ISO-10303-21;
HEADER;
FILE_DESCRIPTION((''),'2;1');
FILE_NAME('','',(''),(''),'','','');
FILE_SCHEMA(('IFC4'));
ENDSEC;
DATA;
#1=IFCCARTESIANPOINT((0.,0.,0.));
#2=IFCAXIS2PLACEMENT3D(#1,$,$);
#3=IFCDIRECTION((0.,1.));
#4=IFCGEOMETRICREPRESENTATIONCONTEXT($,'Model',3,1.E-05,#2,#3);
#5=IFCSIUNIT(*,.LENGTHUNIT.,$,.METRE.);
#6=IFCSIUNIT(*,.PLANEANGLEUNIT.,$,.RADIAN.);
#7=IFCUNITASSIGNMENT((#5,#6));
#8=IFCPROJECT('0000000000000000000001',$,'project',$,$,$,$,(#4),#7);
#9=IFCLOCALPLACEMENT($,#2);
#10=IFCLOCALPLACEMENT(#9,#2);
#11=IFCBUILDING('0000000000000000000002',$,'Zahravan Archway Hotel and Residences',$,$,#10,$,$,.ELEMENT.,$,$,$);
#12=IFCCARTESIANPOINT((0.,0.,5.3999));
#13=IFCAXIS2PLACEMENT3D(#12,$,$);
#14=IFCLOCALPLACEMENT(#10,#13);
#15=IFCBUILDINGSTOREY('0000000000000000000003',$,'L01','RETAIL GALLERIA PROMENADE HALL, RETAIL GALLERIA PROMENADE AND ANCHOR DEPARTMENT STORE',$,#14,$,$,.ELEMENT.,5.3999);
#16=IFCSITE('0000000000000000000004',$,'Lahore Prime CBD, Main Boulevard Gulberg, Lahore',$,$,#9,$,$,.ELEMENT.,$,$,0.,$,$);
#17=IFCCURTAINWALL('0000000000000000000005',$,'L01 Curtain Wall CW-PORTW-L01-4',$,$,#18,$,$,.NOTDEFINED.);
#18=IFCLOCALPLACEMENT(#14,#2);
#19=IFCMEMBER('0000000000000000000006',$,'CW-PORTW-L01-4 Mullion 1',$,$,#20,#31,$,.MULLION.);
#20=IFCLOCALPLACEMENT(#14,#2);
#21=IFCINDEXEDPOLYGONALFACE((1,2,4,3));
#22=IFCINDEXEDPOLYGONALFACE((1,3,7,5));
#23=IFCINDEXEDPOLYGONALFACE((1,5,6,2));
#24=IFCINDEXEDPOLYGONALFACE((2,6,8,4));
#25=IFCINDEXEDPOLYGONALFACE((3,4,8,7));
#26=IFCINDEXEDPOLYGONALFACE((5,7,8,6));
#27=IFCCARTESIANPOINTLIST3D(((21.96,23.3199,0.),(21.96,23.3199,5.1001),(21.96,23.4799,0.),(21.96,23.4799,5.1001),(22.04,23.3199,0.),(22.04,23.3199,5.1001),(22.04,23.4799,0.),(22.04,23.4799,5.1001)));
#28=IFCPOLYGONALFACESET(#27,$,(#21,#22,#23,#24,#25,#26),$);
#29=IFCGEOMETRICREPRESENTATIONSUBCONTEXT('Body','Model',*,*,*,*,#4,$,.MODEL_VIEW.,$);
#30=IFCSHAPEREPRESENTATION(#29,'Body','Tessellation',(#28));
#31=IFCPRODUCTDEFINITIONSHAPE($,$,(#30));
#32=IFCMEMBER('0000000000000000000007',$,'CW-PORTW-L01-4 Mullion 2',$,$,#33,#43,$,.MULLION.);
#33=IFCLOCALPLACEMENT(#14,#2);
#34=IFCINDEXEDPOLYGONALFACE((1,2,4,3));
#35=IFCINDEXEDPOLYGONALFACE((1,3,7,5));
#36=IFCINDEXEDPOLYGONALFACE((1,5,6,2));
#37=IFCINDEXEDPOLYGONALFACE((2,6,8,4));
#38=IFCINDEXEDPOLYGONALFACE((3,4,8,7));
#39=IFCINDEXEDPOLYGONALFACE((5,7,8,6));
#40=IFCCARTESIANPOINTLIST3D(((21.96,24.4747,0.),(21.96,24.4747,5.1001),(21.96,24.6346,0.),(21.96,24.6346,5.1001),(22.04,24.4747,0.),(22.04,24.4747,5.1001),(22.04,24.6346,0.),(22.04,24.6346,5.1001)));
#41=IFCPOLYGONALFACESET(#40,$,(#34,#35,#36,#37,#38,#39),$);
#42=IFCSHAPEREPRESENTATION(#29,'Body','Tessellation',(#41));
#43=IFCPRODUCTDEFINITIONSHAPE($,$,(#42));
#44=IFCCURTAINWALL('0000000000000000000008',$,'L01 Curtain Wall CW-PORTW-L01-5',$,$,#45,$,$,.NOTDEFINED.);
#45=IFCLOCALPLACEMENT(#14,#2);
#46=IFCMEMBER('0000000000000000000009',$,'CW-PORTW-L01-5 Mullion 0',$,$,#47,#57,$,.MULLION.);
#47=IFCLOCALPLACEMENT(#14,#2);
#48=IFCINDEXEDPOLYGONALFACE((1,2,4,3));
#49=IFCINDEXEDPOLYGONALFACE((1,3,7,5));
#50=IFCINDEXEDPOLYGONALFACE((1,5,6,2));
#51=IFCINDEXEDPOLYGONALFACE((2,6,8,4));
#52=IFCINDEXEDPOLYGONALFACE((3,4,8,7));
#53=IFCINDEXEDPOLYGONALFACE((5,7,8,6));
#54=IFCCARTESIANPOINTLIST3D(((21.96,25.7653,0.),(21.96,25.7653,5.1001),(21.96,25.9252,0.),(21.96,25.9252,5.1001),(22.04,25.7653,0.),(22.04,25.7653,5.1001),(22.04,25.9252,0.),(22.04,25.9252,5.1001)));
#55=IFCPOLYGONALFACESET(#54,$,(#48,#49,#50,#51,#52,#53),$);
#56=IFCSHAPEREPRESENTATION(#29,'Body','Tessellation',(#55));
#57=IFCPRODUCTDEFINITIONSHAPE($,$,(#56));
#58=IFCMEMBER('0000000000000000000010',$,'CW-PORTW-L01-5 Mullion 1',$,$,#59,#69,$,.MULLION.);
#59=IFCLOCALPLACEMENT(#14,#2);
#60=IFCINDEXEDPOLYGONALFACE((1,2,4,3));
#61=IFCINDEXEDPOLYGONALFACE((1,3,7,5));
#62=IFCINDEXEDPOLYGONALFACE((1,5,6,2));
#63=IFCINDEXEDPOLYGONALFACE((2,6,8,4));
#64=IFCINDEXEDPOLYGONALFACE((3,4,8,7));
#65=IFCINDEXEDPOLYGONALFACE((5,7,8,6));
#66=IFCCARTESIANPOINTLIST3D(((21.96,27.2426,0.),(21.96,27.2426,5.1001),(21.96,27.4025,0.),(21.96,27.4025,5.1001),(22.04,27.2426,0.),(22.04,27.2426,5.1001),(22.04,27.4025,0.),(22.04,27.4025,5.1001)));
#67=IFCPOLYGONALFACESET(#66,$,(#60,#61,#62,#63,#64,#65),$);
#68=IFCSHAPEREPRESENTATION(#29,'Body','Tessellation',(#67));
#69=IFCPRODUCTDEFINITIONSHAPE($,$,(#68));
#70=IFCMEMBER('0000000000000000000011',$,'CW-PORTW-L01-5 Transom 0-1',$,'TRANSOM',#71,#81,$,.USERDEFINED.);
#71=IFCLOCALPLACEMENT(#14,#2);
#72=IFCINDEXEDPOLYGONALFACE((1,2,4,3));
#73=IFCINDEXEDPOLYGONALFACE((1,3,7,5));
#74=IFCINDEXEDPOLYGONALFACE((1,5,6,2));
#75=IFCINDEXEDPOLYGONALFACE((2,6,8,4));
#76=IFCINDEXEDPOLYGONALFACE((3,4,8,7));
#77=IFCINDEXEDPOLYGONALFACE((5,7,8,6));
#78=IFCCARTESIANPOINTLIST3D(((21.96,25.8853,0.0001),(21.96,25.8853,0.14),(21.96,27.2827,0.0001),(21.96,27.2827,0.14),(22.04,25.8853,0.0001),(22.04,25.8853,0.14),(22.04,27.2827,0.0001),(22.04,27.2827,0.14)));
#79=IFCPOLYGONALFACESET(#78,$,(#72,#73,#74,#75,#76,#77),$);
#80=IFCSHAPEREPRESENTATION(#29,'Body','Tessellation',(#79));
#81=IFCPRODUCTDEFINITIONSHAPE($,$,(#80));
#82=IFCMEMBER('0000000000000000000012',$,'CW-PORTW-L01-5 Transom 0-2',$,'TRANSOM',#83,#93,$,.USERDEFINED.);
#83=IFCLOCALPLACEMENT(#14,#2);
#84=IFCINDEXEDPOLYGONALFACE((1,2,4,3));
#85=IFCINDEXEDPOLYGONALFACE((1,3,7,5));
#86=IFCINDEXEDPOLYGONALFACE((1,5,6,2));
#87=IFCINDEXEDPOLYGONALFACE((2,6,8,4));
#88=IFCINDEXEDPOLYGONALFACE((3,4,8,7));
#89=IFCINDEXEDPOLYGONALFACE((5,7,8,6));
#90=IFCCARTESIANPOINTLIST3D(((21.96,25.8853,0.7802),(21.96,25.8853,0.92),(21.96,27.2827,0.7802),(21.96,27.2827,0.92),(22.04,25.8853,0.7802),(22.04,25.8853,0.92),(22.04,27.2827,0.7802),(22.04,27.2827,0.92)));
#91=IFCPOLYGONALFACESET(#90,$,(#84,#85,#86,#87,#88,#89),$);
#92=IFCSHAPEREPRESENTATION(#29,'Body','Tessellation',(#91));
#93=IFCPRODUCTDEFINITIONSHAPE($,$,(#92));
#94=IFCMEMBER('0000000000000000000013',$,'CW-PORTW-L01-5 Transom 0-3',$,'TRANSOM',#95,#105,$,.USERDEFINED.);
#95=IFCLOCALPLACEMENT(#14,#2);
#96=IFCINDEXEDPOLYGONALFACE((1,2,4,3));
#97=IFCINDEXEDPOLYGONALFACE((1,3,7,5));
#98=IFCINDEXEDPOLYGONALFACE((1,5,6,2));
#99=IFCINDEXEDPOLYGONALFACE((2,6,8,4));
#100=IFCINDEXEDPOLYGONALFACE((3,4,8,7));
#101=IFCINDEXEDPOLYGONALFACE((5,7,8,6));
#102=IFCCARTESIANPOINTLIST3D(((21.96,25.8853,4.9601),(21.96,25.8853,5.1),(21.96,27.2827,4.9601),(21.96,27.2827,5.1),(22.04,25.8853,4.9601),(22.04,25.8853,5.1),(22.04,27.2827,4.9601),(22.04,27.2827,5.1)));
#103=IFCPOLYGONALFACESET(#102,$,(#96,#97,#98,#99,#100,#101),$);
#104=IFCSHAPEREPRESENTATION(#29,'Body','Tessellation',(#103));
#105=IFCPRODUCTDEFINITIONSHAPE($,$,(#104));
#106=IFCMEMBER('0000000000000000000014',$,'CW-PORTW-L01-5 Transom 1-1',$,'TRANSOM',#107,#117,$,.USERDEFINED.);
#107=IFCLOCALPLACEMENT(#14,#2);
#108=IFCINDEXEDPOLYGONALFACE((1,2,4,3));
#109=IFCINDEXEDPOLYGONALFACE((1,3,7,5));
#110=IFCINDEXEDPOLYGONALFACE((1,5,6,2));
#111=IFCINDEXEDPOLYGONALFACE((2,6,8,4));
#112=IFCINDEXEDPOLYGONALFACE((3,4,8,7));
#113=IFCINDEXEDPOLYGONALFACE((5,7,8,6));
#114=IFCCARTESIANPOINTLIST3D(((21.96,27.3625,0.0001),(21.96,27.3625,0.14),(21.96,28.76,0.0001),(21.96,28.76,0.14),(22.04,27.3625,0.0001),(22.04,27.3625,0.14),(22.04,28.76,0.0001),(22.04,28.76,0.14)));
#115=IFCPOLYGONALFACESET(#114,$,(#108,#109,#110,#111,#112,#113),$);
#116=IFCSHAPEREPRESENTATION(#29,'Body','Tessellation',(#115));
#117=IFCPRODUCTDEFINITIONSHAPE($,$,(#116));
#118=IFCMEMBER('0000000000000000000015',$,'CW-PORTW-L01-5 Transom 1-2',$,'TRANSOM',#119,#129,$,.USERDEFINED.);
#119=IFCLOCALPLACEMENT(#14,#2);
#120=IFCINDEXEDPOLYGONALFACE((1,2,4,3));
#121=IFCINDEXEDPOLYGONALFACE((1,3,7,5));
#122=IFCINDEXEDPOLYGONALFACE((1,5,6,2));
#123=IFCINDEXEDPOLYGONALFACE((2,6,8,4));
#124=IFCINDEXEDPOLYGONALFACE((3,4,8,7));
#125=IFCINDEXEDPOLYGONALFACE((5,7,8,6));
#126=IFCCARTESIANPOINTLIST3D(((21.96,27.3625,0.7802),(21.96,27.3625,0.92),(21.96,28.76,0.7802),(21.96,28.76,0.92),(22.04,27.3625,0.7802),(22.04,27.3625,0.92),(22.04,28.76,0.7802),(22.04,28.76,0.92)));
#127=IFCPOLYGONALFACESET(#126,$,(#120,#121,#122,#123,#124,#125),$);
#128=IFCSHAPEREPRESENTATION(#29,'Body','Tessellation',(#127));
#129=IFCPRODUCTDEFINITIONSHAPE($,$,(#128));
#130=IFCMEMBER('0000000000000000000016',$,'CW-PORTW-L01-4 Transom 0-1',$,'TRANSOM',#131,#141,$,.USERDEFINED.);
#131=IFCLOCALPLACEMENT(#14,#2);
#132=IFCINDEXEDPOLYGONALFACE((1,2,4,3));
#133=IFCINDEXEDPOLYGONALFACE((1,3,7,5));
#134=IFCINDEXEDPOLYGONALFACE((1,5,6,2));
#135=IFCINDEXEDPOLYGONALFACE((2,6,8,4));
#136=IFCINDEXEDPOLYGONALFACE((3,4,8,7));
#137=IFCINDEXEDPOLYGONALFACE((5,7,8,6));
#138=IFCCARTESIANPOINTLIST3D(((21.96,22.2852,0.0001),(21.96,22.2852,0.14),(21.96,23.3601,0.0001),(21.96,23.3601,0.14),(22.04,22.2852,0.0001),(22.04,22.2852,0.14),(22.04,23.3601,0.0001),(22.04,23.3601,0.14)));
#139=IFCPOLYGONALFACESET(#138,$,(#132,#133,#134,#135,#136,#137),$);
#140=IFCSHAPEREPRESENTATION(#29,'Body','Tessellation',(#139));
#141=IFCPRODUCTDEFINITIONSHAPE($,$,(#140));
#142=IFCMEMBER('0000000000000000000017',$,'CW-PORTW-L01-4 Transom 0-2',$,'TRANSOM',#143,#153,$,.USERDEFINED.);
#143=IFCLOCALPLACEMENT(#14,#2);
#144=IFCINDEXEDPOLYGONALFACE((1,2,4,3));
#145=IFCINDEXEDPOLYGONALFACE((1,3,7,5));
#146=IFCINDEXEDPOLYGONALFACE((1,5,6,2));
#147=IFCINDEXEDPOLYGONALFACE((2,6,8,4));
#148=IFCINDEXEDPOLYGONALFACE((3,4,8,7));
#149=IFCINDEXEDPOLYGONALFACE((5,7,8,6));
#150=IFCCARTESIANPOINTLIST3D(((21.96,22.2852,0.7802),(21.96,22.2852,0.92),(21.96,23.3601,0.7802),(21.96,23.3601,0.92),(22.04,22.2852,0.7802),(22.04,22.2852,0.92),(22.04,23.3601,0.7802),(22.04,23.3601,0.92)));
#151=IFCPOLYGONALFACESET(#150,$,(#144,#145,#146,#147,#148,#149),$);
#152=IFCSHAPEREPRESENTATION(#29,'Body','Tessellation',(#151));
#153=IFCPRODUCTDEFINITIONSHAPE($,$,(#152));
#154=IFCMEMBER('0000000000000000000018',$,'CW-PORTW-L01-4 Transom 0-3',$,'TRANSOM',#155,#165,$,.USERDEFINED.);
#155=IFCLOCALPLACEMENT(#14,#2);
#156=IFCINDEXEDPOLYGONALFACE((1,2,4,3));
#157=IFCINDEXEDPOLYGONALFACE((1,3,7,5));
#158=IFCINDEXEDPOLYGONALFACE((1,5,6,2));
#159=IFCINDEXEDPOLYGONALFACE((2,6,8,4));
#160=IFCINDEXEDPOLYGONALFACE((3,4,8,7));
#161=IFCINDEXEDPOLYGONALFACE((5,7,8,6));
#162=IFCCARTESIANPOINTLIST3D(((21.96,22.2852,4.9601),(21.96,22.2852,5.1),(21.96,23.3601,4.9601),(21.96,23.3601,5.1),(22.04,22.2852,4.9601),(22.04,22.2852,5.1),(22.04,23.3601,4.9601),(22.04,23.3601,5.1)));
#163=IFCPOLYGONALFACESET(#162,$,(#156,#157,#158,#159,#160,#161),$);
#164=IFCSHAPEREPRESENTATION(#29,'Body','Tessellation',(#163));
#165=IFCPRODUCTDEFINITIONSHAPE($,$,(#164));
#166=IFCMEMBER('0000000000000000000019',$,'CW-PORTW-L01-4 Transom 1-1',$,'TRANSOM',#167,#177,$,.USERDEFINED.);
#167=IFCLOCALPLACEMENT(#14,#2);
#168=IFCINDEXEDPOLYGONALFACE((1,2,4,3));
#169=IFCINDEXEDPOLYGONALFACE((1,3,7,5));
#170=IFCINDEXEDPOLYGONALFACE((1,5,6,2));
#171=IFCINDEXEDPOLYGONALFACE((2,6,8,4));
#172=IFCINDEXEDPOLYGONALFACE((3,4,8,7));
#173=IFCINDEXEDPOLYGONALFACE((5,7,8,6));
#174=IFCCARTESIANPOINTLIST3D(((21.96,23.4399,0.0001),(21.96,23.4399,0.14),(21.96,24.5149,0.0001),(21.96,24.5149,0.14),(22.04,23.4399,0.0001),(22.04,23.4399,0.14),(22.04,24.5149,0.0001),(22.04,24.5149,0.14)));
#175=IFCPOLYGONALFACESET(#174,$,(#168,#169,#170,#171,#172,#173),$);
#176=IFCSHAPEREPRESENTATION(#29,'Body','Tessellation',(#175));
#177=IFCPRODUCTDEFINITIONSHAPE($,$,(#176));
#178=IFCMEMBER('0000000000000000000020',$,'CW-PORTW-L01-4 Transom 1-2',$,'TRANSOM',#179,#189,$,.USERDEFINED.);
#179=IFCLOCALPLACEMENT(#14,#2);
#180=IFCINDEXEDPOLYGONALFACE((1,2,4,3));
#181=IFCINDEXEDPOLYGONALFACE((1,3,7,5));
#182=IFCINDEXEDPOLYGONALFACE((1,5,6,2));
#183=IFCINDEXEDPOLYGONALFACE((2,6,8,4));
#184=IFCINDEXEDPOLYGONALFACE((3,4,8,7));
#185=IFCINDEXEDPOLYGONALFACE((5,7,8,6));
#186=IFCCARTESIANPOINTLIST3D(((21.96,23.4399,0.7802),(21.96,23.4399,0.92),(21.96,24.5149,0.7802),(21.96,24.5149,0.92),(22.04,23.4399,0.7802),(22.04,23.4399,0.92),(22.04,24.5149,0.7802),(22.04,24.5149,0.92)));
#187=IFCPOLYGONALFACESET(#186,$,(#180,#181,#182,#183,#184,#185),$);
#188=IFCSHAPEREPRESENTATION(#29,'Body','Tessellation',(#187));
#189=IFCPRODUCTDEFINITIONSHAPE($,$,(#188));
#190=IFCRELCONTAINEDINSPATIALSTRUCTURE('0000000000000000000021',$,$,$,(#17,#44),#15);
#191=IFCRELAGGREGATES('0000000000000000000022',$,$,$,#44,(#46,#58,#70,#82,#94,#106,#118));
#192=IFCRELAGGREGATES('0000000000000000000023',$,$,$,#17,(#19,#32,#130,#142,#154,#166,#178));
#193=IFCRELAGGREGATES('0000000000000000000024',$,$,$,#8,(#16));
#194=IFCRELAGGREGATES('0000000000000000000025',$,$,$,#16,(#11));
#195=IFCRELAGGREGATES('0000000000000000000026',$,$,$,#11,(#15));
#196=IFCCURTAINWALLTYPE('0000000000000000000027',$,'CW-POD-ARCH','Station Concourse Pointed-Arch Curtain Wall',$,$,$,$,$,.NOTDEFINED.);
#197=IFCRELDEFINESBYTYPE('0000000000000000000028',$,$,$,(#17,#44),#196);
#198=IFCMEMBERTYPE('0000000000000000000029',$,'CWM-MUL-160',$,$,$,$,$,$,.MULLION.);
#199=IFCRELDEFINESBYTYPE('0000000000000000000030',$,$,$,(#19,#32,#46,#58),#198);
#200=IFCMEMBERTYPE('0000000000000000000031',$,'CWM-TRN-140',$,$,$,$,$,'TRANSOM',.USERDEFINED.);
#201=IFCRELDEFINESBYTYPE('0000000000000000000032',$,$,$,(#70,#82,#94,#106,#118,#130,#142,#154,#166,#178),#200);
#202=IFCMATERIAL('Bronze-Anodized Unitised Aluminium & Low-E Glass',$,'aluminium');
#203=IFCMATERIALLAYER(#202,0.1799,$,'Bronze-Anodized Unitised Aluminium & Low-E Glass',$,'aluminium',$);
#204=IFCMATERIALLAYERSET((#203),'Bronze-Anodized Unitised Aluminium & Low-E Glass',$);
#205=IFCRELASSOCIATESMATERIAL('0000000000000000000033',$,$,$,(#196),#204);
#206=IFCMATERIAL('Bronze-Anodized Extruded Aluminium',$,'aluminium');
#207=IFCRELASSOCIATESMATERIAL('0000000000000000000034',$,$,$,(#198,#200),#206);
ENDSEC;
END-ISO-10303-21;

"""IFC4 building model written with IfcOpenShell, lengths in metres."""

from ifc_helpers import new_model, si_unit, direction, frame, origin, origin_2d, place, context, subcontext, project, spatial, rectangle, extrude, source, transform, mapped, material, layer, layer_set, material_profile, profile_set, type_object, element, aggregate, save


model = new_model("IFC4")

# Units and contexts
model_context = context("Model", 3, precision=1e-05, world=origin(), true_north=direction((0.0, 1.0)))
body_context = subcontext(model_context, "Body", "Model", "MODEL_VIEW")
ifc_project = project(units=[si_unit("LENGTHUNIT", "METRE"), si_unit("PLANEANGLEUNIT", "RADIAN")], contexts=[model_context])

# Site, building, storey
site_placement = place(None, origin())
site = spatial("IfcSite", under=ifc_project, at=site_placement, Name="Lahore Prime CBD, Main Boulevard Gulberg, Lahore", CompositionType="ELEMENT", RefElevation=0.0)
building_placement = place(site_placement, origin())
building = spatial("IfcBuilding", under=site, at=building_placement, Name="Zahravan Archway Hotel and Residences", CompositionType="ELEMENT")
storey_placement = place(building_placement, frame((0.0, 0.0, 5.3999)))
storey = spatial("IfcBuildingStorey", under=building, at=storey_placement, Name="L01", Description="RETAIL GALLERIA PROMENADE HALL, RETAIL GALLERIA PROMENADE AND ANCHOR DEPARTMENT STORE", CompositionType="ELEMENT", Elevation=5.3999)

# Curtain walls, members
ifc_material_1 = material(Name="Bronze-Anodized Unitised Aluminium & Low-E Glass", Category="aluminium")
ifc_layer_1 = layer(ifc_material_1, 0.1799, Name="Bronze-Anodized Unitised Aluminium & Low-E Glass", Category="aluminium")
ifc_layer_set_1 = layer_set([ifc_layer_1], Name="Bronze-Anodized Unitised Aluminium & Low-E Glass")
curtain_wall_type = type_object("IfcCurtainWallType", Name="CW-POD-ARCH", Description="Station Concourse Pointed-Arch Curtain Wall", PredefinedType="NOTDEFINED", material=ifc_layer_set_1)
curtain_wall_1_placement = place(storey_placement, origin())
curtain_wall_1 = element("IfcCurtainWall", 1, at=curtain_wall_1_placement, inside=storey, type_object=curtain_wall_type, Name="L01 Curtain Wall CW-PORTW-L01-4", PredefinedType="NOTDEFINED")
ifc_material_2 = material(Name="Bronze-Anodized Extruded Aluminium", Category="aluminium")
ifc_material_profile_1 = material_profile(ifc_material_2, rectangle(XDim=0.0801, YDim=0.1599, at=origin_2d()), Name="MUL 80x160", Category="aluminium")
ifc_profile_set_1 = profile_set([ifc_material_profile_1], Name="Bronze-Anodized Extruded Aluminium")
member_type_1 = type_object("IfcMemberType", Name="CWM-MUL-160", PredefinedType="MULLION", material=ifc_profile_set_1)
shared_shape_1 = source(origin(), body_context, "Body", "SweptSolid", [
    extrude(rectangle(XDim=0.0801, YDim=0.1599, at=origin_2d()), origin(), (0.0, 0.0, 1.0), 5.1001),
])
member_1_placement = place(storey_placement, frame((22.0, 23.3999, 0.0), z_axis=(0.0, 0.0, 1.0), x_axis=(1.0, 0.0, 0.0)))
member_1 = element("IfcMember", 2, at=member_1_placement, type_object=member_type_1, Name="CW-PORTW-L01-4 Mullion 1", PredefinedType="MULLION", context=body_context, shape_type="MappedRepresentation", body=[
    mapped(shared_shape_1, transform((0.0, 0.0, 0.0), scale=1.0)),
])
member_2_placement = place(storey_placement, frame((22.0, 24.5547, 0.0), z_axis=(0.0, 0.0, 1.0), x_axis=(1.0, 0.0, 0.0)))
member_2 = element("IfcMember", 3, at=member_2_placement, type_object=member_type_1, Name="CW-PORTW-L01-4 Mullion 2", PredefinedType="MULLION", context=body_context, shape_type="MappedRepresentation", body=[
    mapped(shared_shape_1, transform((0.0, 0.0, 0.0), scale=1.0)),
])
curtain_wall_2_placement = place(storey_placement, origin())
curtain_wall_2 = element("IfcCurtainWall", 4, at=curtain_wall_2_placement, inside=storey, type_object=curtain_wall_type, Name="L01 Curtain Wall CW-PORTW-L01-5", PredefinedType="NOTDEFINED")
member_3_placement = place(storey_placement, frame((22.0, 25.8452, 0.0), z_axis=(0.0, 0.0, 1.0), x_axis=(1.0, 0.0, 0.0)))
member_3 = element("IfcMember", 5, at=member_3_placement, type_object=member_type_1, Name="CW-PORTW-L01-5 Mullion 0", PredefinedType="MULLION", context=body_context, shape_type="MappedRepresentation", body=[
    mapped(shared_shape_1, transform((0.0, 0.0, 0.0), scale=1.0)),
])
member_4_placement = place(storey_placement, frame((22.0, 27.3225, 0.0), z_axis=(0.0, 0.0, 1.0), x_axis=(1.0, 0.0, 0.0)))
member_4 = element("IfcMember", 6, at=member_4_placement, type_object=member_type_1, Name="CW-PORTW-L01-5 Mullion 1", PredefinedType="MULLION", context=body_context, shape_type="MappedRepresentation", body=[
    mapped(shared_shape_1, transform((0.0, 0.0, 0.0), scale=1.0)),
])
ifc_material_profile_2 = material_profile(ifc_material_2, rectangle(XDim=0.0801, YDim=0.1399, at=origin_2d()), Name="TRN 80x140", Category="aluminium")
ifc_profile_set_2 = profile_set([ifc_material_profile_2], Name="Bronze-Anodized Extruded Aluminium")
member_type_2 = type_object("IfcMemberType", Name="CWM-TRN-140", ElementType="TRANSOM", PredefinedType="USERDEFINED", material=ifc_profile_set_2)
shared_shape_2 = source(origin(), body_context, "Body", "SweptSolid", [
    extrude(rectangle(XDim=0.0801, YDim=0.1399, at=origin_2d()), origin(), (0.0, 0.0, 1.0), 1.3975),
])
member_5_placement = place(storey_placement, frame((22.0, 25.8853, 0.0701), z_axis=(0.0, 1.0, 0.0), x_axis=(-1.0, 0.0, 0.0)))
member_5 = element("IfcMember", 7, at=member_5_placement, type_object=member_type_2, Name="CW-PORTW-L01-5 Transom 0-1", ObjectType="TRANSOM", PredefinedType="USERDEFINED", context=body_context, shape_type="MappedRepresentation", body=[
    mapped(shared_shape_2, transform((0.0, 0.0, 0.0), scale=1.0)),
])
member_6_placement = place(storey_placement, frame((22.0, 25.8853, 0.8501), z_axis=(0.0, 1.0, 0.0), x_axis=(-1.0, 0.0, 0.0)))
member_6 = element("IfcMember", 8, at=member_6_placement, type_object=member_type_2, Name="CW-PORTW-L01-5 Transom 0-2", ObjectType="TRANSOM", PredefinedType="USERDEFINED", context=body_context, shape_type="MappedRepresentation", body=[
    mapped(shared_shape_2, transform((0.0, 0.0, 0.0), scale=1.0)),
])
member_7_placement = place(storey_placement, frame((22.0, 25.8853, 5.03), z_axis=(0.0, 1.0, 0.0), x_axis=(-1.0, 0.0, 0.0)))
member_7 = element("IfcMember", 9, at=member_7_placement, type_object=member_type_2, Name="CW-PORTW-L01-5 Transom 0-3", ObjectType="TRANSOM", PredefinedType="USERDEFINED", context=body_context, shape_type="MappedRepresentation", body=[
    mapped(shared_shape_2, transform((0.0, 0.0, 0.0), scale=1.0)),
])
member_8_placement = place(storey_placement, frame((22.0, 27.3625, 0.0701), z_axis=(0.0, 1.0, 0.0), x_axis=(-1.0, 0.0, 0.0)))
member_8 = element("IfcMember", 10, at=member_8_placement, type_object=member_type_2, Name="CW-PORTW-L01-5 Transom 1-1", ObjectType="TRANSOM", PredefinedType="USERDEFINED", context=body_context, shape_type="MappedRepresentation", body=[
    mapped(shared_shape_2, transform((0.0, 0.0, 0.0), scale=1.0)),
])
member_9_placement = place(storey_placement, frame((22.0, 27.3625, 0.8501), z_axis=(0.0, 1.0, 0.0), x_axis=(-1.0, 0.0, 0.0)))
member_9 = element("IfcMember", 11, at=member_9_placement, type_object=member_type_2, Name="CW-PORTW-L01-5 Transom 1-2", ObjectType="TRANSOM", PredefinedType="USERDEFINED", context=body_context, shape_type="MappedRepresentation", body=[
    mapped(shared_shape_2, transform((0.0, 0.0, 0.0), scale=1.0)),
])

# Members
shared_shape_3 = source(origin(), body_context, "Body", "SweptSolid", [
    extrude(rectangle(XDim=0.0801, YDim=0.1399, at=origin_2d()), origin(), (0.0, 0.0, 1.0), 1.075),
])
member_10_placement = place(storey_placement, frame((22.0, 22.2852, 0.0701), z_axis=(0.0, 1.0, 0.0), x_axis=(-1.0, 0.0, 0.0)))
member_10 = element("IfcMember", 12, at=member_10_placement, type_object=member_type_2, Name="CW-PORTW-L01-4 Transom 0-1", ObjectType="TRANSOM", PredefinedType="USERDEFINED", context=body_context, shape_type="MappedRepresentation", body=[
    mapped(shared_shape_3, transform((0.0, 0.0, 0.0), scale=1.0)),
])
member_11_placement = place(storey_placement, frame((22.0, 22.2852, 0.8501), z_axis=(0.0, 1.0, 0.0), x_axis=(-1.0, 0.0, 0.0)))
member_11 = element("IfcMember", 13, at=member_11_placement, type_object=member_type_2, Name="CW-PORTW-L01-4 Transom 0-2", ObjectType="TRANSOM", PredefinedType="USERDEFINED", context=body_context, shape_type="MappedRepresentation", body=[
    mapped(shared_shape_3, transform((0.0, 0.0, 0.0), scale=1.0)),
])
member_12_placement = place(storey_placement, frame((22.0, 22.2852, 5.03), z_axis=(0.0, 1.0, 0.0), x_axis=(-1.0, 0.0, 0.0)))
member_12 = element("IfcMember", 14, at=member_12_placement, type_object=member_type_2, Name="CW-PORTW-L01-4 Transom 0-3", ObjectType="TRANSOM", PredefinedType="USERDEFINED", context=body_context, shape_type="MappedRepresentation", body=[
    mapped(shared_shape_3, transform((0.0, 0.0, 0.0), scale=1.0)),
])
member_13_placement = place(storey_placement, frame((22.0, 23.4399, 0.0701), z_axis=(0.0, 1.0, 0.0), x_axis=(-1.0, 0.0, 0.0)))
member_13 = element("IfcMember", 15, at=member_13_placement, type_object=member_type_2, Name="CW-PORTW-L01-4 Transom 1-1", ObjectType="TRANSOM", PredefinedType="USERDEFINED", context=body_context, shape_type="MappedRepresentation", body=[
    mapped(shared_shape_3, transform((0.0, 0.0, 0.0), scale=1.0)),
])
member_14_placement = place(storey_placement, frame((22.0, 23.4399, 0.8501), z_axis=(0.0, 1.0, 0.0), x_axis=(-1.0, 0.0, 0.0)))
member_14 = element("IfcMember", 16, at=member_14_placement, type_object=member_type_2, Name="CW-PORTW-L01-4 Transom 1-2", ObjectType="TRANSOM", PredefinedType="USERDEFINED", context=body_context, shape_type="MappedRepresentation", body=[
    mapped(shared_shape_3, transform((0.0, 0.0, 0.0), scale=1.0)),
])

aggregate(curtain_wall_2, [member_3, member_4, member_5, member_6, member_7, member_8, member_9])
aggregate(curtain_wall_1, [member_1, member_2, member_10, member_11, member_12, member_13, member_14])

save(model, "model.ifc")
